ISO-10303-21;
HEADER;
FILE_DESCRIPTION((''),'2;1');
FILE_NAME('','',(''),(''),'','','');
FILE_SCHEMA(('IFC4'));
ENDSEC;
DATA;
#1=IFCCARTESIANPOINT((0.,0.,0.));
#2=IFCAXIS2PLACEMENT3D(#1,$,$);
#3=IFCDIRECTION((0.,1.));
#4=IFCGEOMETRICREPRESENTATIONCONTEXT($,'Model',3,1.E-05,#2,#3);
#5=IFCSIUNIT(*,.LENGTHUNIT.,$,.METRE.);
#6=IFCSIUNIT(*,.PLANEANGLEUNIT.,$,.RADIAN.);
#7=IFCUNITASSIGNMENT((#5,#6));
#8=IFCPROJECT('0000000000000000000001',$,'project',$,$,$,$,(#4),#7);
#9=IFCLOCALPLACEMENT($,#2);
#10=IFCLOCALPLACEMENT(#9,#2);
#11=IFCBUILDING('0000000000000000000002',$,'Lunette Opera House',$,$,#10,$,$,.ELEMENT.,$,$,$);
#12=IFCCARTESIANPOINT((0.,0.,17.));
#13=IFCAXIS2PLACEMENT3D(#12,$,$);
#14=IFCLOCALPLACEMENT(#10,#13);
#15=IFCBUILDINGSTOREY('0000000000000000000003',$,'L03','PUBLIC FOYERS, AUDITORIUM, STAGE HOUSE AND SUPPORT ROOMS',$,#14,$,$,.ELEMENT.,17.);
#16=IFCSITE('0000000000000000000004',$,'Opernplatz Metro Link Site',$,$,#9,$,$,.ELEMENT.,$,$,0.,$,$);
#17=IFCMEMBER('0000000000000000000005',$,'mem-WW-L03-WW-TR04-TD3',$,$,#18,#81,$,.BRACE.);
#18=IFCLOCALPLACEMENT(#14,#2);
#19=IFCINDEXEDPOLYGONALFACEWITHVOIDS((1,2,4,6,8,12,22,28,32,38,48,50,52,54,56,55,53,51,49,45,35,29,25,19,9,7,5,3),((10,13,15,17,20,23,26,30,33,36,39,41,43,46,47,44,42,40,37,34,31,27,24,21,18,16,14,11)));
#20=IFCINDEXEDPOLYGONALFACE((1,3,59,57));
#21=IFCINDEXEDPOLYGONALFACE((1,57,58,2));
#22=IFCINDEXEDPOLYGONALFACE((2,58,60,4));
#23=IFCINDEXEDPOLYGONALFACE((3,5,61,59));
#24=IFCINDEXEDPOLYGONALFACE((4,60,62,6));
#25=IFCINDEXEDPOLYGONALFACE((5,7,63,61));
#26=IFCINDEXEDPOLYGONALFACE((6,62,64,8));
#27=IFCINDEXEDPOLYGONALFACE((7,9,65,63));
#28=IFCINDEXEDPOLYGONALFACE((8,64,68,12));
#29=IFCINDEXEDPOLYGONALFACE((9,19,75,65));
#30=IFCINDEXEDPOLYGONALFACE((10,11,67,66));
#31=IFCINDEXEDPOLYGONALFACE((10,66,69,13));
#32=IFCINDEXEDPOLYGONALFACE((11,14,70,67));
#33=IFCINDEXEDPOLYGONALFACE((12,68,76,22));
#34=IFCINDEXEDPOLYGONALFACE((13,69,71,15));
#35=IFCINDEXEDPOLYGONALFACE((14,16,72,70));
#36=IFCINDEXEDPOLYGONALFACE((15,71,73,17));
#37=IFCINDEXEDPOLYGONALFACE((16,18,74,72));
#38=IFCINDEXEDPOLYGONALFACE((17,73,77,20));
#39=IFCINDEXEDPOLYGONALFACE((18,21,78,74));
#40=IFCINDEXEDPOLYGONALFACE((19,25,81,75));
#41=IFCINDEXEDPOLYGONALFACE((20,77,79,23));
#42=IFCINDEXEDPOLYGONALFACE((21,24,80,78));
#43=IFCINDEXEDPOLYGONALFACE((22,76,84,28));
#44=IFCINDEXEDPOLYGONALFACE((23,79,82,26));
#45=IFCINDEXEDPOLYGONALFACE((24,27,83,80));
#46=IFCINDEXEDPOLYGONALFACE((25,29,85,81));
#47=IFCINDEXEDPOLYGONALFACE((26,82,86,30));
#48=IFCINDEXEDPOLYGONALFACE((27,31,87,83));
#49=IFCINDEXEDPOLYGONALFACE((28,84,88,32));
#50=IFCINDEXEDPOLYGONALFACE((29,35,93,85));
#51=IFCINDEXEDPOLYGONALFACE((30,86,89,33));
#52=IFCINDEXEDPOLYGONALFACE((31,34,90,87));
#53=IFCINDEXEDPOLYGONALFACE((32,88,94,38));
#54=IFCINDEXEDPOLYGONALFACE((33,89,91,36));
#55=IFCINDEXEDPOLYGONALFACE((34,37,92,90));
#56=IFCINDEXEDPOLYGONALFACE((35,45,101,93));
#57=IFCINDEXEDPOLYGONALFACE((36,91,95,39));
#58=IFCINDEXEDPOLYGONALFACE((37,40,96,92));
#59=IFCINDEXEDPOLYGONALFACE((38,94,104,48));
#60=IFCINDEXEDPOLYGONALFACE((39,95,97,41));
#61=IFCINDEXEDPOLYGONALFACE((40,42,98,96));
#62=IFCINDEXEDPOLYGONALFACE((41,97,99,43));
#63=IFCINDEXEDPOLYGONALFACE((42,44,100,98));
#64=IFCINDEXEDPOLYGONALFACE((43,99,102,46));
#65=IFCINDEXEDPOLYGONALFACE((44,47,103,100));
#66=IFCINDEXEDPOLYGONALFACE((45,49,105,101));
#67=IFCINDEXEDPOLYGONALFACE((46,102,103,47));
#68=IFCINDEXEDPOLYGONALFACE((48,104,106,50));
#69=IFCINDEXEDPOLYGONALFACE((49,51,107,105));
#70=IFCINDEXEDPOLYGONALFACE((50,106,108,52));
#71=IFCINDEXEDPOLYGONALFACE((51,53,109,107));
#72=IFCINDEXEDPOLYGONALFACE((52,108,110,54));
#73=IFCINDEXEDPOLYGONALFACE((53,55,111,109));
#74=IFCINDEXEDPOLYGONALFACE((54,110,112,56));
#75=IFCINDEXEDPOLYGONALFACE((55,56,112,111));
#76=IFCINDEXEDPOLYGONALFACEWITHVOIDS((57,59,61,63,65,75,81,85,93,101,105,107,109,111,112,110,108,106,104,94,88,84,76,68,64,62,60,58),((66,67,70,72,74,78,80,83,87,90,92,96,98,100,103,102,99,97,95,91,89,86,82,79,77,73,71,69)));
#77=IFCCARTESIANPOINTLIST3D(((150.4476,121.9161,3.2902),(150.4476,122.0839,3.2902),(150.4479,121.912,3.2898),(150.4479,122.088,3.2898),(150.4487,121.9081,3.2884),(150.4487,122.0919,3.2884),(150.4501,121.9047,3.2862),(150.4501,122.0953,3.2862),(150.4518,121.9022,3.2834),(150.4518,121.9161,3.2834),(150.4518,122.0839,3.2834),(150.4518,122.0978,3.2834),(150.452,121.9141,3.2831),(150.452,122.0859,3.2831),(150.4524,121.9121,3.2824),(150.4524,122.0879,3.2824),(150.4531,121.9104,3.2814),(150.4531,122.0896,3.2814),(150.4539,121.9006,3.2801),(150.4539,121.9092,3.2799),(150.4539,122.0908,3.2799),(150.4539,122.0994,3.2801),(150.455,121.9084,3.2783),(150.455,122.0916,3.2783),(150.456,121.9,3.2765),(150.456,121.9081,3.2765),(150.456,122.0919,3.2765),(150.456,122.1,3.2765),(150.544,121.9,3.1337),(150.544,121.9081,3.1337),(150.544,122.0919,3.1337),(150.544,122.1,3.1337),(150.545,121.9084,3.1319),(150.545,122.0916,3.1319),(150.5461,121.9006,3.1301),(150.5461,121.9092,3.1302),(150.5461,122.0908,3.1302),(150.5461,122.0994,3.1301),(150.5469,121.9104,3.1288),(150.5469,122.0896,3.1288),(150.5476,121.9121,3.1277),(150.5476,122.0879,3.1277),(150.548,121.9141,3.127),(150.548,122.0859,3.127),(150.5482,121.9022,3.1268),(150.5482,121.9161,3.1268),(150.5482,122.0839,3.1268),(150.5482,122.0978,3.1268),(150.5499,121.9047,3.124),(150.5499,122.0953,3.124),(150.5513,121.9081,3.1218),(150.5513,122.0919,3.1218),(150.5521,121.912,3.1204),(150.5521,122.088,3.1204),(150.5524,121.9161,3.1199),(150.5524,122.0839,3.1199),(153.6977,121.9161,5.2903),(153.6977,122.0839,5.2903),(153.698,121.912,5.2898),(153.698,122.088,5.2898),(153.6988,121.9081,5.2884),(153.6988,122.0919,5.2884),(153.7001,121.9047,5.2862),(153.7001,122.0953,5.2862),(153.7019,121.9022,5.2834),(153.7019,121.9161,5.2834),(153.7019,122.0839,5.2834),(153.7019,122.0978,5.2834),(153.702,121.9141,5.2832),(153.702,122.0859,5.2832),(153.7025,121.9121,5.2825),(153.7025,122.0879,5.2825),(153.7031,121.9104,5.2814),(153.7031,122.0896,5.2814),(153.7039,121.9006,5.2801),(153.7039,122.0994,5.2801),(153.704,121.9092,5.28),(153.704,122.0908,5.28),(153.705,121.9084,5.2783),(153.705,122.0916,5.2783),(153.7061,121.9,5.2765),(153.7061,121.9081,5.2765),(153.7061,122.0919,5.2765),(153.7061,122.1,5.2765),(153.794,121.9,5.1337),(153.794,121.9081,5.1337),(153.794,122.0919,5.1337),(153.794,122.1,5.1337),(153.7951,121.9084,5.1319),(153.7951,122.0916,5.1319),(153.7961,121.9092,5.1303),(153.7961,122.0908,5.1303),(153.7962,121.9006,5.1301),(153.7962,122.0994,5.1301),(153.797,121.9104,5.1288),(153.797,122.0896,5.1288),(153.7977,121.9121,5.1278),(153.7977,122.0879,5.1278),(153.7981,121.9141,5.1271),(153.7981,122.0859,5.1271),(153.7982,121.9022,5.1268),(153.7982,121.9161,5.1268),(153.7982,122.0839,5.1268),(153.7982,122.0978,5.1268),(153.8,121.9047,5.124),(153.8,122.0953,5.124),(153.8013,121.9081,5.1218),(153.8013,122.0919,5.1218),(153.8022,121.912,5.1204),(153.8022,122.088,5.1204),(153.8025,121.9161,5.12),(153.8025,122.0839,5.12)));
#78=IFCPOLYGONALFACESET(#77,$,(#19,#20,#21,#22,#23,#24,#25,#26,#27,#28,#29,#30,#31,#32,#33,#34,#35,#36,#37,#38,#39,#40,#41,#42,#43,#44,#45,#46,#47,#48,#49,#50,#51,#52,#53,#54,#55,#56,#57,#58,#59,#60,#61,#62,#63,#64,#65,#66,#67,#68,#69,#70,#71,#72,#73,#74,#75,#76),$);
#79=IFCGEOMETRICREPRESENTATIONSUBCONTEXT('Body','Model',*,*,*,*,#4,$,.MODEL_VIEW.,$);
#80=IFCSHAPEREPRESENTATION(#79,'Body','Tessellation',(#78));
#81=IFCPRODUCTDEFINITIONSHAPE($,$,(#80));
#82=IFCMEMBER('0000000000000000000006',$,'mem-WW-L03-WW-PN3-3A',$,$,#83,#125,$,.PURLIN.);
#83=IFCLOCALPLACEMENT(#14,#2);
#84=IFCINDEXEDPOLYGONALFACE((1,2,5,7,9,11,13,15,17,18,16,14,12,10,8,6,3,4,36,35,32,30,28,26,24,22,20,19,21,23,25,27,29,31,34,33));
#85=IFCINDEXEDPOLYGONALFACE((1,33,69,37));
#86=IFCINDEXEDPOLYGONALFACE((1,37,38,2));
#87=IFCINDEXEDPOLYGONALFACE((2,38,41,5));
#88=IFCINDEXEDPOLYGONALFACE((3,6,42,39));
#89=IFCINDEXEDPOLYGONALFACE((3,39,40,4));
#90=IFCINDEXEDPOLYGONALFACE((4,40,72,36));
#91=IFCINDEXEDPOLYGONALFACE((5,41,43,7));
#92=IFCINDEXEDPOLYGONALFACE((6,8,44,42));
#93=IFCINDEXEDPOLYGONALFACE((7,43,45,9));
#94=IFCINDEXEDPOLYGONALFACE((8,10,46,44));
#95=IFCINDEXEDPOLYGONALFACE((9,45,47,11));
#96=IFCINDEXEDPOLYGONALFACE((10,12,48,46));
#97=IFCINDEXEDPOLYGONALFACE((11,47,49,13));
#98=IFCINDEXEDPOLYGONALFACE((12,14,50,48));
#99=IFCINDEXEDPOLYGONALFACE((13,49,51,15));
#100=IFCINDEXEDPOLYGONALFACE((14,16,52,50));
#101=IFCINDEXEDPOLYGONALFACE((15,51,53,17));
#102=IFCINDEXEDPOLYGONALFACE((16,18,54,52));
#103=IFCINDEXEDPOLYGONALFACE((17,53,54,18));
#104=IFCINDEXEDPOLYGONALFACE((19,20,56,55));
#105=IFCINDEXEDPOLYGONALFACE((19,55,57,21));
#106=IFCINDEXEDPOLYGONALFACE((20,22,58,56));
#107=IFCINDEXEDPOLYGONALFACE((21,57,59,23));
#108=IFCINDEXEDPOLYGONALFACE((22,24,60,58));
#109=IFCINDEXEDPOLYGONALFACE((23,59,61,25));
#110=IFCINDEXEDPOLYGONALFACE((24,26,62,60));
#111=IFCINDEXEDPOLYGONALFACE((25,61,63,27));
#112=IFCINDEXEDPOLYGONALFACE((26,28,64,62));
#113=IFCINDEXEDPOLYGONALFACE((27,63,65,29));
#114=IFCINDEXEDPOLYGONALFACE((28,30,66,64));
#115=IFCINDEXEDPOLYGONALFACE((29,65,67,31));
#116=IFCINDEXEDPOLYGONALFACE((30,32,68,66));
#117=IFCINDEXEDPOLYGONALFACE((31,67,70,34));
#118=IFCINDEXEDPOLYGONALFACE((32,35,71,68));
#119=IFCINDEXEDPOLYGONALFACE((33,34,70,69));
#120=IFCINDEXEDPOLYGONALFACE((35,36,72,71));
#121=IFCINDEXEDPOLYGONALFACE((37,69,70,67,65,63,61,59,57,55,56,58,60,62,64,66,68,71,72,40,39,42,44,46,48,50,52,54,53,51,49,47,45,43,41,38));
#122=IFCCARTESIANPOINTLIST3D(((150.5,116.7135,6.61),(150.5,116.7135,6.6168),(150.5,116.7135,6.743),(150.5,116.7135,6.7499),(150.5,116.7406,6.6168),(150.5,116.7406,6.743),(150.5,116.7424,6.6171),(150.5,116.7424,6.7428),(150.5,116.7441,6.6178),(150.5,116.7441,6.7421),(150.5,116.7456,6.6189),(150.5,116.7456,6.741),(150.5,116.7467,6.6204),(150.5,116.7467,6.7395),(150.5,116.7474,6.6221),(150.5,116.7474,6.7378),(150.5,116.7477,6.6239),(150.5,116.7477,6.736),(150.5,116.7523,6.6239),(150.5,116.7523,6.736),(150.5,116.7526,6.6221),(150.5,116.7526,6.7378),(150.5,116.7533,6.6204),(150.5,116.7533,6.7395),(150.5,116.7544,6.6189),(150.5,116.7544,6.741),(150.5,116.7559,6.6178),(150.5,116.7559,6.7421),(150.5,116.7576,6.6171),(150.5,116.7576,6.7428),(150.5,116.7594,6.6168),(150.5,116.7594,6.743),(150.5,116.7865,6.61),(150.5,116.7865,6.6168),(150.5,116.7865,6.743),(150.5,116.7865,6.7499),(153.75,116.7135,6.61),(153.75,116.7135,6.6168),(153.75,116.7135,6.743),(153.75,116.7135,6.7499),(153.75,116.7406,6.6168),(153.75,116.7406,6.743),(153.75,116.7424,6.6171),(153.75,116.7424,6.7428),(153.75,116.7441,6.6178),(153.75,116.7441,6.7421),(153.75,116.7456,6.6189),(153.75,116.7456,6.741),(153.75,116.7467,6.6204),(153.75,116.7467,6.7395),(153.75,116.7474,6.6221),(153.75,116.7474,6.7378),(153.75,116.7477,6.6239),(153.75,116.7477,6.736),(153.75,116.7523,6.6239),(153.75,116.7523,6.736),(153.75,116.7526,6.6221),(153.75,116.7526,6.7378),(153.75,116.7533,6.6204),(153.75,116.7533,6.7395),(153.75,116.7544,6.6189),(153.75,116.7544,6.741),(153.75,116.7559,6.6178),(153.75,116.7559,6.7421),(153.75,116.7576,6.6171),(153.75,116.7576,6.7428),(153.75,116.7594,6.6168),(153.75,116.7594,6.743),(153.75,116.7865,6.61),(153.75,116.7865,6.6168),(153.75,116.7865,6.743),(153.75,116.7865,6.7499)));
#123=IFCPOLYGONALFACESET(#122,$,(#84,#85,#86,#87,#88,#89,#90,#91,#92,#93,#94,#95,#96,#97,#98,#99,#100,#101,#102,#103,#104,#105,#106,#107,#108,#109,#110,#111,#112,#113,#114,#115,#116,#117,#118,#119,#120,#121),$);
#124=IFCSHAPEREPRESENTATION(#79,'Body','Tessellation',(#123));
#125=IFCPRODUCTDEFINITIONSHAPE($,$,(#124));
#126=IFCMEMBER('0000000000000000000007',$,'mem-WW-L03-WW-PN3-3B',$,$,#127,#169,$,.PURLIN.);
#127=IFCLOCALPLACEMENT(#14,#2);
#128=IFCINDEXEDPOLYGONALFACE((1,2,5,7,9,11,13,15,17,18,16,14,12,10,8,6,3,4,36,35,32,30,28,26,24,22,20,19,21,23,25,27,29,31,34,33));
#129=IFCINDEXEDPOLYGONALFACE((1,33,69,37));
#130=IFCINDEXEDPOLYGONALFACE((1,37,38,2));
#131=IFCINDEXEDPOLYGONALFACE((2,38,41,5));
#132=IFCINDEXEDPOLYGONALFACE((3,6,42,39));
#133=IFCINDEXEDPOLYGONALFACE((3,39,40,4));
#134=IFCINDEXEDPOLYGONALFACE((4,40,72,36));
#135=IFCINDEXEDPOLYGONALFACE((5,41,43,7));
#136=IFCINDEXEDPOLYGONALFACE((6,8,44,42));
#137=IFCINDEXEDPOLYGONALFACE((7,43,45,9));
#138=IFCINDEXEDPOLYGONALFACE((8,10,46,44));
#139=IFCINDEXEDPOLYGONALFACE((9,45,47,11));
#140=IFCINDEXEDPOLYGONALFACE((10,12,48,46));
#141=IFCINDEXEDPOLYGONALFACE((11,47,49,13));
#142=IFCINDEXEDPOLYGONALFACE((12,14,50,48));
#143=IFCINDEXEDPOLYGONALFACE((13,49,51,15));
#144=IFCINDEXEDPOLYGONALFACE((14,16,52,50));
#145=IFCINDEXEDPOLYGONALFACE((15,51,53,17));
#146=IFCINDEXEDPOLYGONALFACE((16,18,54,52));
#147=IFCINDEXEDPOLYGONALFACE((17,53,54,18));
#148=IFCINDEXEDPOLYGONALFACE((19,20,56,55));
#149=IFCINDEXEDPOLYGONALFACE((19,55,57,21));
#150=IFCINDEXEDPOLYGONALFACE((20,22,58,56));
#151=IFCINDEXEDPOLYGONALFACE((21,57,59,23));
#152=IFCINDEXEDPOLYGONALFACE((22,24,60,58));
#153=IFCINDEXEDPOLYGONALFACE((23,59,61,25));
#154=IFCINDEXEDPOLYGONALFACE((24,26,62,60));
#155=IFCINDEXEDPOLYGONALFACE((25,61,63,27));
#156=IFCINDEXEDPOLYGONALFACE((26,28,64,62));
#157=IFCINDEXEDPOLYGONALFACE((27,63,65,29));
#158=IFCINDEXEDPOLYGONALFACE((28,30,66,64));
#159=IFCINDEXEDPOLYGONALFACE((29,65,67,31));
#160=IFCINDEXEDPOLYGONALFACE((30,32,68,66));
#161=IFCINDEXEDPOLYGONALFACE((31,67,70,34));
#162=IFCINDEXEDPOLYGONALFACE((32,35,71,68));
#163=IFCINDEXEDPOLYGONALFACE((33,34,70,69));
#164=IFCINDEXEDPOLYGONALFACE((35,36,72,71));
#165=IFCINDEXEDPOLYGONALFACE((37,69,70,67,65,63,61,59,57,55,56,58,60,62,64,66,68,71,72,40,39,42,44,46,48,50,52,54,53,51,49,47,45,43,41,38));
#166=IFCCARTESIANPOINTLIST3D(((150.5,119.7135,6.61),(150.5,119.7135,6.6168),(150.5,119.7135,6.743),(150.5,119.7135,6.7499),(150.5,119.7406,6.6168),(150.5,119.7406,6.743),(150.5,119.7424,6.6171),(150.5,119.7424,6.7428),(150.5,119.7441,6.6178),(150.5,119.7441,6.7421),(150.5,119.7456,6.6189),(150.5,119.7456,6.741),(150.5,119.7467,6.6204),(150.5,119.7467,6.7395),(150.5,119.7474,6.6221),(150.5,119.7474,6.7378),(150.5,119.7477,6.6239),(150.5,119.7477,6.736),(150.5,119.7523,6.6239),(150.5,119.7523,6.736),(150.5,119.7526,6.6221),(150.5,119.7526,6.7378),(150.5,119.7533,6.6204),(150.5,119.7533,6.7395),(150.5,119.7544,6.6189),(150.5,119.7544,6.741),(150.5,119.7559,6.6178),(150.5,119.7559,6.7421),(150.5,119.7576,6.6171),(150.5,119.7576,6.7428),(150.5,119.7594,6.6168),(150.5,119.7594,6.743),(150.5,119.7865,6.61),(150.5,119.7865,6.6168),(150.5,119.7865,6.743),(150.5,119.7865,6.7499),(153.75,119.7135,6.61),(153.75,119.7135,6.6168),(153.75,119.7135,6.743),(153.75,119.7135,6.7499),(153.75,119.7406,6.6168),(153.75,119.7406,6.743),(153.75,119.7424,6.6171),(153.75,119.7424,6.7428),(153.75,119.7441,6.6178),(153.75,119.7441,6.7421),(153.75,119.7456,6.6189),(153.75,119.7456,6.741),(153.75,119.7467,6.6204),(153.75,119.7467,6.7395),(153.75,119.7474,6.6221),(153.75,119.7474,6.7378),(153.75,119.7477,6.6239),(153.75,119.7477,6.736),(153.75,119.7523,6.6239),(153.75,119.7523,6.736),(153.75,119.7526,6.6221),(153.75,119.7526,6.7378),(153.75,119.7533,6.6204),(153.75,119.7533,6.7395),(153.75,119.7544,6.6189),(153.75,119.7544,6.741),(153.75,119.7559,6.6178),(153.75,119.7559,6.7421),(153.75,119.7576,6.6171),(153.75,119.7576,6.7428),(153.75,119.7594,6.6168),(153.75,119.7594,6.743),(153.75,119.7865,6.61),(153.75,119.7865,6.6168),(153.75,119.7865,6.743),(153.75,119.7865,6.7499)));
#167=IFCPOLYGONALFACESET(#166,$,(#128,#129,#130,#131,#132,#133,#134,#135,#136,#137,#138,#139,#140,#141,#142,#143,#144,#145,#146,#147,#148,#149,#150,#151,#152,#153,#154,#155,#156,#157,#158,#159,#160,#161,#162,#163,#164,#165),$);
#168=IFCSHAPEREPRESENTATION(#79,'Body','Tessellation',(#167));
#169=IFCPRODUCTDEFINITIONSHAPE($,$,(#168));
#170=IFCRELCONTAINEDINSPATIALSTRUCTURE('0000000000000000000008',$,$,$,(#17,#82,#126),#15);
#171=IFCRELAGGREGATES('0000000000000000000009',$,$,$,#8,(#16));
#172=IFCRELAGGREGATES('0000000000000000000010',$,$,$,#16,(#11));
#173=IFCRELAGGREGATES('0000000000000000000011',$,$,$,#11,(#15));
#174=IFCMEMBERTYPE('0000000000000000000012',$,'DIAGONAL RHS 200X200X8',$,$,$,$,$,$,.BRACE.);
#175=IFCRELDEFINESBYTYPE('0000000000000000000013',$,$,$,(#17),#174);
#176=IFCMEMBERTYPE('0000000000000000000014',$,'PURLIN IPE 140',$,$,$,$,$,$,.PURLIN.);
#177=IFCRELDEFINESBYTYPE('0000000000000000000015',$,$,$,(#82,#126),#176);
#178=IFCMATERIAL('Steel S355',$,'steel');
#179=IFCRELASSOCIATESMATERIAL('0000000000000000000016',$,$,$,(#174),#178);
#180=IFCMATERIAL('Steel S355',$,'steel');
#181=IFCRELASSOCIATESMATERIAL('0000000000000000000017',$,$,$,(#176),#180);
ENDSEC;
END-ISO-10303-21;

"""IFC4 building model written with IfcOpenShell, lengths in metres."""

from ifc_helpers import new_model, si_unit, direction, frame, origin, origin_2d, place, context, subcontext, project, spatial, hollow_rectangle, i_section, extrude, material, material_profile, profile_set, type_object, element, save


model = new_model("IFC4")

# Units and contexts
model_context = context("Model", 3, precision=1e-05, world=origin(), true_north=direction((0.0, 1.0)))
body_context = subcontext(model_context, "Body", "Model", "MODEL_VIEW")
ifc_project = project(units=[si_unit("LENGTHUNIT", "METRE"), si_unit("PLANEANGLEUNIT", "RADIAN")], contexts=[model_context])

# Site, building, storey
site_placement = place(None, origin())
site = spatial("IfcSite", under=ifc_project, at=site_placement, Name="Opernplatz Metro Link Site", CompositionType="ELEMENT", RefElevation=0.0)
building_placement = place(site_placement, origin())
building = spatial("IfcBuilding", under=site, at=building_placement, Name="Lunette Opera House", CompositionType="ELEMENT")
storey_placement = place(building_placement, frame((0.0, 0.0, 17.0)))
storey = spatial("IfcBuildingStorey", under=building, at=storey_placement, Name="L03", Description="PUBLIC FOYERS, AUDITORIUM, STAGE HOUSE AND SUPPORT ROOMS", CompositionType="ELEMENT", Elevation=17.0)

# Members
ifc_material_1 = material(Name="Steel S355", Category="steel")
ifc_material_profile_1 = material_profile(ifc_material_1, hollow_rectangle(XDim=0.2, YDim=0.2, WallThickness=0.0081, InnerFilletRadius=0.0081, OuterFilletRadius=0.0161, at=origin_2d()), Name="RHS 200X200X8")
ifc_profile_set_1 = profile_set([ifc_material_profile_1], Name="Steel S355")
member_type_1 = type_object("IfcMemberType", Name="DIAGONAL RHS 200X200X8", PredefinedType="BRACE", material=ifc_profile_set_1)
for number, where, z_axis, x_axis, name in (
    (1, (150.5, 122.0, 3.2051), (0.851658, 0.0, 0.524097), (0.0, 1.0, 0.0), "mem-WW-L03-WW-TR04-TD3"),
):
    element("IfcMember", number, at=place(storey_placement, frame(where, z_axis=z_axis, x_axis=x_axis)), inside=storey, type_object=member_type_1, Name=name, PredefinedType="BRACE", context=body_context, shape_type="SweptSolid", body=[
        extrude(hollow_rectangle(XDim=0.2, YDim=0.2, WallThickness=0.0081, InnerFilletRadius=0.0081, OuterFilletRadius=0.0161, at=origin_2d()), origin(), (0.0, 0.0, 1.0), 3.8162),
    ])
ifc_material_2 = material(Name="Steel S355", Category="steel")
ifc_material_profile_2 = material_profile(ifc_material_2, i_section(OverallWidth=0.073, OverallDepth=0.1399, WebThickness=0.0046, FlangeThickness=0.0068, FilletRadius=0.0071, at=origin_2d()), Name="IPE 140")
ifc_profile_set_2 = profile_set([ifc_material_profile_2], Name="Steel S355")
member_type_2 = type_object("IfcMemberType", Name="PURLIN IPE 140", PredefinedType="PURLIN", material=ifc_profile_set_2)
for number, where, z_axis, x_axis, name in (
    (2, (150.5, 116.75, 6.6799), (1.0, 0.0, 0.0), (0.0, 1.0, 0.0), "mem-WW-L03-WW-PN3-3A"),
    (3, (150.5, 119.75, 6.6799), (1.0, 0.0, 0.0), (0.0, 1.0, 0.0), "mem-WW-L03-WW-PN3-3B"),
):
    element("IfcMember", number, at=place(storey_placement, frame(where, z_axis=z_axis, x_axis=x_axis)), inside=storey, type_object=member_type_2, Name=name, PredefinedType="PURLIN", context=body_context, shape_type="SweptSolid", body=[
        extrude(i_section(OverallWidth=0.073, OverallDepth=0.1399, WebThickness=0.0046, FlangeThickness=0.0068, FilletRadius=0.0071, at=origin_2d()), origin(), (0.0, 0.0, 1.0), 3.25),
    ])

save(model, "model.ifc")
